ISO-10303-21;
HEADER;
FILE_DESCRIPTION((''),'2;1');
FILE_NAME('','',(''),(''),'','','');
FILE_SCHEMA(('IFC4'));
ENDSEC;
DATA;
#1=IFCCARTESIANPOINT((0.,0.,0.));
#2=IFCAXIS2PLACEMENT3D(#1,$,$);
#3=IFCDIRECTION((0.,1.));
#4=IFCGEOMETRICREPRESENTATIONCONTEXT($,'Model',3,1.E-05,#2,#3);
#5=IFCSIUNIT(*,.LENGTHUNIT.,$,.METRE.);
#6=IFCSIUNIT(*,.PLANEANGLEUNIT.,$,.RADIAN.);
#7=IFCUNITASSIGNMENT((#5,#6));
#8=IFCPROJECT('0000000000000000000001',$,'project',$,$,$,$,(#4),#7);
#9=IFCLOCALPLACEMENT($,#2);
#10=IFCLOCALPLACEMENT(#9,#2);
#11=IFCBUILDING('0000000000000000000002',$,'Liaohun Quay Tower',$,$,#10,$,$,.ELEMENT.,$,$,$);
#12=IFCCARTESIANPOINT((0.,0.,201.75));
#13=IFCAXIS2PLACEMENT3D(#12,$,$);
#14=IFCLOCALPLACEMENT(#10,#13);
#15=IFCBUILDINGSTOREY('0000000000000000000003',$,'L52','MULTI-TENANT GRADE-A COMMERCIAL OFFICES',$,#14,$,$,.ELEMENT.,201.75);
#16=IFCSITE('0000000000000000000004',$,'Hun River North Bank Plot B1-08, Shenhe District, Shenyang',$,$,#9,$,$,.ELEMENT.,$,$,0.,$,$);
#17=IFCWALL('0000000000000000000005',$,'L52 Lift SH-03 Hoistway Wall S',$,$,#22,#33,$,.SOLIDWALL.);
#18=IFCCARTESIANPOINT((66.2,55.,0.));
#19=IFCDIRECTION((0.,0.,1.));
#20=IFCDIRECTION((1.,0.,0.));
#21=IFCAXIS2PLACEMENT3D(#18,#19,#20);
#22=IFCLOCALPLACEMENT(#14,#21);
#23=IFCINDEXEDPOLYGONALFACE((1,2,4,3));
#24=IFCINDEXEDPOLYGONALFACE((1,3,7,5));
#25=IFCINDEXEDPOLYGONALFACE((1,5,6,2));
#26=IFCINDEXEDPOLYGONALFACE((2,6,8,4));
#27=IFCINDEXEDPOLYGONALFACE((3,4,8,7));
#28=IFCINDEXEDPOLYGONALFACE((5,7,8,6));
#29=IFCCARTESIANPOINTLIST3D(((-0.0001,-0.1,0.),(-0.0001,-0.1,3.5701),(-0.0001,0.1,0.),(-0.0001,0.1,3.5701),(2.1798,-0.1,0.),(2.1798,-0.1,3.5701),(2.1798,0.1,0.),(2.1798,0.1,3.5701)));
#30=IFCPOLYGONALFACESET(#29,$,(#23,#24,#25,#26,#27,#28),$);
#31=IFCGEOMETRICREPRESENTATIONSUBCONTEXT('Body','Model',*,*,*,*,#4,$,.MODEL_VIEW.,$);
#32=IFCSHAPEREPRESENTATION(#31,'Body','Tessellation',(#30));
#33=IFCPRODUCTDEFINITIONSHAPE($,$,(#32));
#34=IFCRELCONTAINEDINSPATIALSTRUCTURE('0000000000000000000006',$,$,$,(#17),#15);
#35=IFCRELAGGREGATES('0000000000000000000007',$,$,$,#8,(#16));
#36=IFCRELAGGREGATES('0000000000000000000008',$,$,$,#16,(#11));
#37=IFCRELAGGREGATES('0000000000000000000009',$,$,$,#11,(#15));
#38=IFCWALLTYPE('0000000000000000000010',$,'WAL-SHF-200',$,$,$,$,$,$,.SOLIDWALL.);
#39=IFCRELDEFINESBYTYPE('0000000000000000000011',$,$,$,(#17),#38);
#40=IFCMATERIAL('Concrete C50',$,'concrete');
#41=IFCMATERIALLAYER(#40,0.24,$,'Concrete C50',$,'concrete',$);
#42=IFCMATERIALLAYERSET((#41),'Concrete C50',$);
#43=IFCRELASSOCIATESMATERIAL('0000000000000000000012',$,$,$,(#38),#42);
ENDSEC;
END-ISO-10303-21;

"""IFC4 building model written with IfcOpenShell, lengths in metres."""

from ifc_helpers import new_model, si_unit, direction, frame, frame_2d, origin, place, context, subcontext, project, spatial, rectangle, extrude, material, layer, layer_set, type_object, element, save


model = new_model("IFC4")

# Units and contexts
model_context = context("Model", 3, precision=1e-05, world=origin(), true_north=direction((0.0, 1.0)))
body_context = subcontext(model_context, "Body", "Model", "MODEL_VIEW")
ifc_project = project(units=[si_unit("LENGTHUNIT", "METRE"), si_unit("PLANEANGLEUNIT", "RADIAN")], contexts=[model_context])

# Site, building, storey
site_placement = place(None, origin())
site = spatial("IfcSite", under=ifc_project, at=site_placement, Name="Hun River North Bank Plot B1-08, Shenhe District, Shenyang", CompositionType="ELEMENT", RefElevation=0.0)
building_placement = place(site_placement, origin())
building = spatial("IfcBuilding", under=site, at=building_placement, Name="Liaohun Quay Tower", CompositionType="ELEMENT")
storey_placement = place(building_placement, frame((0.0, 0.0, 201.75)))
storey = spatial("IfcBuildingStorey", under=building, at=storey_placement, Name="L52", Description="MULTI-TENANT GRADE-A COMMERCIAL OFFICES", CompositionType="ELEMENT", Elevation=201.75)

# Shared definitions
ifc_material_1 = material(Name="Concrete C50", Category="concrete")
ifc_layer_1 = layer(ifc_material_1, 0.24, Name="Concrete C50", Category="concrete")
ifc_layer_set_1 = layer_set([ifc_layer_1], Name="Concrete C50")
wall_type_1 = type_object("IfcWallType", Name="WAL-SHF-200", PredefinedType="SOLIDWALL", material=ifc_layer_set_1)

# Wall
wall_1_placement = place(storey_placement, frame((66.2, 55.0, 0.0), z_axis=(0.0, 0.0, 1.0), x_axis=(1.0, 0.0, 0.0)))
element("IfcWall", 1, at=wall_1_placement, inside=storey, type_object=wall_type_1, Name="L52 Lift SH-03 Hoistway Wall S", PredefinedType="SOLIDWALL", context=body_context, shape_type="SweptSolid", body=[
    extrude(rectangle(XDim=2.1799, YDim=0.2, at=frame_2d((1.0898, 0.0))), origin(), (0.0, 0.0, 1.0), 3.5701),
])

save(model, "model.ifc")
